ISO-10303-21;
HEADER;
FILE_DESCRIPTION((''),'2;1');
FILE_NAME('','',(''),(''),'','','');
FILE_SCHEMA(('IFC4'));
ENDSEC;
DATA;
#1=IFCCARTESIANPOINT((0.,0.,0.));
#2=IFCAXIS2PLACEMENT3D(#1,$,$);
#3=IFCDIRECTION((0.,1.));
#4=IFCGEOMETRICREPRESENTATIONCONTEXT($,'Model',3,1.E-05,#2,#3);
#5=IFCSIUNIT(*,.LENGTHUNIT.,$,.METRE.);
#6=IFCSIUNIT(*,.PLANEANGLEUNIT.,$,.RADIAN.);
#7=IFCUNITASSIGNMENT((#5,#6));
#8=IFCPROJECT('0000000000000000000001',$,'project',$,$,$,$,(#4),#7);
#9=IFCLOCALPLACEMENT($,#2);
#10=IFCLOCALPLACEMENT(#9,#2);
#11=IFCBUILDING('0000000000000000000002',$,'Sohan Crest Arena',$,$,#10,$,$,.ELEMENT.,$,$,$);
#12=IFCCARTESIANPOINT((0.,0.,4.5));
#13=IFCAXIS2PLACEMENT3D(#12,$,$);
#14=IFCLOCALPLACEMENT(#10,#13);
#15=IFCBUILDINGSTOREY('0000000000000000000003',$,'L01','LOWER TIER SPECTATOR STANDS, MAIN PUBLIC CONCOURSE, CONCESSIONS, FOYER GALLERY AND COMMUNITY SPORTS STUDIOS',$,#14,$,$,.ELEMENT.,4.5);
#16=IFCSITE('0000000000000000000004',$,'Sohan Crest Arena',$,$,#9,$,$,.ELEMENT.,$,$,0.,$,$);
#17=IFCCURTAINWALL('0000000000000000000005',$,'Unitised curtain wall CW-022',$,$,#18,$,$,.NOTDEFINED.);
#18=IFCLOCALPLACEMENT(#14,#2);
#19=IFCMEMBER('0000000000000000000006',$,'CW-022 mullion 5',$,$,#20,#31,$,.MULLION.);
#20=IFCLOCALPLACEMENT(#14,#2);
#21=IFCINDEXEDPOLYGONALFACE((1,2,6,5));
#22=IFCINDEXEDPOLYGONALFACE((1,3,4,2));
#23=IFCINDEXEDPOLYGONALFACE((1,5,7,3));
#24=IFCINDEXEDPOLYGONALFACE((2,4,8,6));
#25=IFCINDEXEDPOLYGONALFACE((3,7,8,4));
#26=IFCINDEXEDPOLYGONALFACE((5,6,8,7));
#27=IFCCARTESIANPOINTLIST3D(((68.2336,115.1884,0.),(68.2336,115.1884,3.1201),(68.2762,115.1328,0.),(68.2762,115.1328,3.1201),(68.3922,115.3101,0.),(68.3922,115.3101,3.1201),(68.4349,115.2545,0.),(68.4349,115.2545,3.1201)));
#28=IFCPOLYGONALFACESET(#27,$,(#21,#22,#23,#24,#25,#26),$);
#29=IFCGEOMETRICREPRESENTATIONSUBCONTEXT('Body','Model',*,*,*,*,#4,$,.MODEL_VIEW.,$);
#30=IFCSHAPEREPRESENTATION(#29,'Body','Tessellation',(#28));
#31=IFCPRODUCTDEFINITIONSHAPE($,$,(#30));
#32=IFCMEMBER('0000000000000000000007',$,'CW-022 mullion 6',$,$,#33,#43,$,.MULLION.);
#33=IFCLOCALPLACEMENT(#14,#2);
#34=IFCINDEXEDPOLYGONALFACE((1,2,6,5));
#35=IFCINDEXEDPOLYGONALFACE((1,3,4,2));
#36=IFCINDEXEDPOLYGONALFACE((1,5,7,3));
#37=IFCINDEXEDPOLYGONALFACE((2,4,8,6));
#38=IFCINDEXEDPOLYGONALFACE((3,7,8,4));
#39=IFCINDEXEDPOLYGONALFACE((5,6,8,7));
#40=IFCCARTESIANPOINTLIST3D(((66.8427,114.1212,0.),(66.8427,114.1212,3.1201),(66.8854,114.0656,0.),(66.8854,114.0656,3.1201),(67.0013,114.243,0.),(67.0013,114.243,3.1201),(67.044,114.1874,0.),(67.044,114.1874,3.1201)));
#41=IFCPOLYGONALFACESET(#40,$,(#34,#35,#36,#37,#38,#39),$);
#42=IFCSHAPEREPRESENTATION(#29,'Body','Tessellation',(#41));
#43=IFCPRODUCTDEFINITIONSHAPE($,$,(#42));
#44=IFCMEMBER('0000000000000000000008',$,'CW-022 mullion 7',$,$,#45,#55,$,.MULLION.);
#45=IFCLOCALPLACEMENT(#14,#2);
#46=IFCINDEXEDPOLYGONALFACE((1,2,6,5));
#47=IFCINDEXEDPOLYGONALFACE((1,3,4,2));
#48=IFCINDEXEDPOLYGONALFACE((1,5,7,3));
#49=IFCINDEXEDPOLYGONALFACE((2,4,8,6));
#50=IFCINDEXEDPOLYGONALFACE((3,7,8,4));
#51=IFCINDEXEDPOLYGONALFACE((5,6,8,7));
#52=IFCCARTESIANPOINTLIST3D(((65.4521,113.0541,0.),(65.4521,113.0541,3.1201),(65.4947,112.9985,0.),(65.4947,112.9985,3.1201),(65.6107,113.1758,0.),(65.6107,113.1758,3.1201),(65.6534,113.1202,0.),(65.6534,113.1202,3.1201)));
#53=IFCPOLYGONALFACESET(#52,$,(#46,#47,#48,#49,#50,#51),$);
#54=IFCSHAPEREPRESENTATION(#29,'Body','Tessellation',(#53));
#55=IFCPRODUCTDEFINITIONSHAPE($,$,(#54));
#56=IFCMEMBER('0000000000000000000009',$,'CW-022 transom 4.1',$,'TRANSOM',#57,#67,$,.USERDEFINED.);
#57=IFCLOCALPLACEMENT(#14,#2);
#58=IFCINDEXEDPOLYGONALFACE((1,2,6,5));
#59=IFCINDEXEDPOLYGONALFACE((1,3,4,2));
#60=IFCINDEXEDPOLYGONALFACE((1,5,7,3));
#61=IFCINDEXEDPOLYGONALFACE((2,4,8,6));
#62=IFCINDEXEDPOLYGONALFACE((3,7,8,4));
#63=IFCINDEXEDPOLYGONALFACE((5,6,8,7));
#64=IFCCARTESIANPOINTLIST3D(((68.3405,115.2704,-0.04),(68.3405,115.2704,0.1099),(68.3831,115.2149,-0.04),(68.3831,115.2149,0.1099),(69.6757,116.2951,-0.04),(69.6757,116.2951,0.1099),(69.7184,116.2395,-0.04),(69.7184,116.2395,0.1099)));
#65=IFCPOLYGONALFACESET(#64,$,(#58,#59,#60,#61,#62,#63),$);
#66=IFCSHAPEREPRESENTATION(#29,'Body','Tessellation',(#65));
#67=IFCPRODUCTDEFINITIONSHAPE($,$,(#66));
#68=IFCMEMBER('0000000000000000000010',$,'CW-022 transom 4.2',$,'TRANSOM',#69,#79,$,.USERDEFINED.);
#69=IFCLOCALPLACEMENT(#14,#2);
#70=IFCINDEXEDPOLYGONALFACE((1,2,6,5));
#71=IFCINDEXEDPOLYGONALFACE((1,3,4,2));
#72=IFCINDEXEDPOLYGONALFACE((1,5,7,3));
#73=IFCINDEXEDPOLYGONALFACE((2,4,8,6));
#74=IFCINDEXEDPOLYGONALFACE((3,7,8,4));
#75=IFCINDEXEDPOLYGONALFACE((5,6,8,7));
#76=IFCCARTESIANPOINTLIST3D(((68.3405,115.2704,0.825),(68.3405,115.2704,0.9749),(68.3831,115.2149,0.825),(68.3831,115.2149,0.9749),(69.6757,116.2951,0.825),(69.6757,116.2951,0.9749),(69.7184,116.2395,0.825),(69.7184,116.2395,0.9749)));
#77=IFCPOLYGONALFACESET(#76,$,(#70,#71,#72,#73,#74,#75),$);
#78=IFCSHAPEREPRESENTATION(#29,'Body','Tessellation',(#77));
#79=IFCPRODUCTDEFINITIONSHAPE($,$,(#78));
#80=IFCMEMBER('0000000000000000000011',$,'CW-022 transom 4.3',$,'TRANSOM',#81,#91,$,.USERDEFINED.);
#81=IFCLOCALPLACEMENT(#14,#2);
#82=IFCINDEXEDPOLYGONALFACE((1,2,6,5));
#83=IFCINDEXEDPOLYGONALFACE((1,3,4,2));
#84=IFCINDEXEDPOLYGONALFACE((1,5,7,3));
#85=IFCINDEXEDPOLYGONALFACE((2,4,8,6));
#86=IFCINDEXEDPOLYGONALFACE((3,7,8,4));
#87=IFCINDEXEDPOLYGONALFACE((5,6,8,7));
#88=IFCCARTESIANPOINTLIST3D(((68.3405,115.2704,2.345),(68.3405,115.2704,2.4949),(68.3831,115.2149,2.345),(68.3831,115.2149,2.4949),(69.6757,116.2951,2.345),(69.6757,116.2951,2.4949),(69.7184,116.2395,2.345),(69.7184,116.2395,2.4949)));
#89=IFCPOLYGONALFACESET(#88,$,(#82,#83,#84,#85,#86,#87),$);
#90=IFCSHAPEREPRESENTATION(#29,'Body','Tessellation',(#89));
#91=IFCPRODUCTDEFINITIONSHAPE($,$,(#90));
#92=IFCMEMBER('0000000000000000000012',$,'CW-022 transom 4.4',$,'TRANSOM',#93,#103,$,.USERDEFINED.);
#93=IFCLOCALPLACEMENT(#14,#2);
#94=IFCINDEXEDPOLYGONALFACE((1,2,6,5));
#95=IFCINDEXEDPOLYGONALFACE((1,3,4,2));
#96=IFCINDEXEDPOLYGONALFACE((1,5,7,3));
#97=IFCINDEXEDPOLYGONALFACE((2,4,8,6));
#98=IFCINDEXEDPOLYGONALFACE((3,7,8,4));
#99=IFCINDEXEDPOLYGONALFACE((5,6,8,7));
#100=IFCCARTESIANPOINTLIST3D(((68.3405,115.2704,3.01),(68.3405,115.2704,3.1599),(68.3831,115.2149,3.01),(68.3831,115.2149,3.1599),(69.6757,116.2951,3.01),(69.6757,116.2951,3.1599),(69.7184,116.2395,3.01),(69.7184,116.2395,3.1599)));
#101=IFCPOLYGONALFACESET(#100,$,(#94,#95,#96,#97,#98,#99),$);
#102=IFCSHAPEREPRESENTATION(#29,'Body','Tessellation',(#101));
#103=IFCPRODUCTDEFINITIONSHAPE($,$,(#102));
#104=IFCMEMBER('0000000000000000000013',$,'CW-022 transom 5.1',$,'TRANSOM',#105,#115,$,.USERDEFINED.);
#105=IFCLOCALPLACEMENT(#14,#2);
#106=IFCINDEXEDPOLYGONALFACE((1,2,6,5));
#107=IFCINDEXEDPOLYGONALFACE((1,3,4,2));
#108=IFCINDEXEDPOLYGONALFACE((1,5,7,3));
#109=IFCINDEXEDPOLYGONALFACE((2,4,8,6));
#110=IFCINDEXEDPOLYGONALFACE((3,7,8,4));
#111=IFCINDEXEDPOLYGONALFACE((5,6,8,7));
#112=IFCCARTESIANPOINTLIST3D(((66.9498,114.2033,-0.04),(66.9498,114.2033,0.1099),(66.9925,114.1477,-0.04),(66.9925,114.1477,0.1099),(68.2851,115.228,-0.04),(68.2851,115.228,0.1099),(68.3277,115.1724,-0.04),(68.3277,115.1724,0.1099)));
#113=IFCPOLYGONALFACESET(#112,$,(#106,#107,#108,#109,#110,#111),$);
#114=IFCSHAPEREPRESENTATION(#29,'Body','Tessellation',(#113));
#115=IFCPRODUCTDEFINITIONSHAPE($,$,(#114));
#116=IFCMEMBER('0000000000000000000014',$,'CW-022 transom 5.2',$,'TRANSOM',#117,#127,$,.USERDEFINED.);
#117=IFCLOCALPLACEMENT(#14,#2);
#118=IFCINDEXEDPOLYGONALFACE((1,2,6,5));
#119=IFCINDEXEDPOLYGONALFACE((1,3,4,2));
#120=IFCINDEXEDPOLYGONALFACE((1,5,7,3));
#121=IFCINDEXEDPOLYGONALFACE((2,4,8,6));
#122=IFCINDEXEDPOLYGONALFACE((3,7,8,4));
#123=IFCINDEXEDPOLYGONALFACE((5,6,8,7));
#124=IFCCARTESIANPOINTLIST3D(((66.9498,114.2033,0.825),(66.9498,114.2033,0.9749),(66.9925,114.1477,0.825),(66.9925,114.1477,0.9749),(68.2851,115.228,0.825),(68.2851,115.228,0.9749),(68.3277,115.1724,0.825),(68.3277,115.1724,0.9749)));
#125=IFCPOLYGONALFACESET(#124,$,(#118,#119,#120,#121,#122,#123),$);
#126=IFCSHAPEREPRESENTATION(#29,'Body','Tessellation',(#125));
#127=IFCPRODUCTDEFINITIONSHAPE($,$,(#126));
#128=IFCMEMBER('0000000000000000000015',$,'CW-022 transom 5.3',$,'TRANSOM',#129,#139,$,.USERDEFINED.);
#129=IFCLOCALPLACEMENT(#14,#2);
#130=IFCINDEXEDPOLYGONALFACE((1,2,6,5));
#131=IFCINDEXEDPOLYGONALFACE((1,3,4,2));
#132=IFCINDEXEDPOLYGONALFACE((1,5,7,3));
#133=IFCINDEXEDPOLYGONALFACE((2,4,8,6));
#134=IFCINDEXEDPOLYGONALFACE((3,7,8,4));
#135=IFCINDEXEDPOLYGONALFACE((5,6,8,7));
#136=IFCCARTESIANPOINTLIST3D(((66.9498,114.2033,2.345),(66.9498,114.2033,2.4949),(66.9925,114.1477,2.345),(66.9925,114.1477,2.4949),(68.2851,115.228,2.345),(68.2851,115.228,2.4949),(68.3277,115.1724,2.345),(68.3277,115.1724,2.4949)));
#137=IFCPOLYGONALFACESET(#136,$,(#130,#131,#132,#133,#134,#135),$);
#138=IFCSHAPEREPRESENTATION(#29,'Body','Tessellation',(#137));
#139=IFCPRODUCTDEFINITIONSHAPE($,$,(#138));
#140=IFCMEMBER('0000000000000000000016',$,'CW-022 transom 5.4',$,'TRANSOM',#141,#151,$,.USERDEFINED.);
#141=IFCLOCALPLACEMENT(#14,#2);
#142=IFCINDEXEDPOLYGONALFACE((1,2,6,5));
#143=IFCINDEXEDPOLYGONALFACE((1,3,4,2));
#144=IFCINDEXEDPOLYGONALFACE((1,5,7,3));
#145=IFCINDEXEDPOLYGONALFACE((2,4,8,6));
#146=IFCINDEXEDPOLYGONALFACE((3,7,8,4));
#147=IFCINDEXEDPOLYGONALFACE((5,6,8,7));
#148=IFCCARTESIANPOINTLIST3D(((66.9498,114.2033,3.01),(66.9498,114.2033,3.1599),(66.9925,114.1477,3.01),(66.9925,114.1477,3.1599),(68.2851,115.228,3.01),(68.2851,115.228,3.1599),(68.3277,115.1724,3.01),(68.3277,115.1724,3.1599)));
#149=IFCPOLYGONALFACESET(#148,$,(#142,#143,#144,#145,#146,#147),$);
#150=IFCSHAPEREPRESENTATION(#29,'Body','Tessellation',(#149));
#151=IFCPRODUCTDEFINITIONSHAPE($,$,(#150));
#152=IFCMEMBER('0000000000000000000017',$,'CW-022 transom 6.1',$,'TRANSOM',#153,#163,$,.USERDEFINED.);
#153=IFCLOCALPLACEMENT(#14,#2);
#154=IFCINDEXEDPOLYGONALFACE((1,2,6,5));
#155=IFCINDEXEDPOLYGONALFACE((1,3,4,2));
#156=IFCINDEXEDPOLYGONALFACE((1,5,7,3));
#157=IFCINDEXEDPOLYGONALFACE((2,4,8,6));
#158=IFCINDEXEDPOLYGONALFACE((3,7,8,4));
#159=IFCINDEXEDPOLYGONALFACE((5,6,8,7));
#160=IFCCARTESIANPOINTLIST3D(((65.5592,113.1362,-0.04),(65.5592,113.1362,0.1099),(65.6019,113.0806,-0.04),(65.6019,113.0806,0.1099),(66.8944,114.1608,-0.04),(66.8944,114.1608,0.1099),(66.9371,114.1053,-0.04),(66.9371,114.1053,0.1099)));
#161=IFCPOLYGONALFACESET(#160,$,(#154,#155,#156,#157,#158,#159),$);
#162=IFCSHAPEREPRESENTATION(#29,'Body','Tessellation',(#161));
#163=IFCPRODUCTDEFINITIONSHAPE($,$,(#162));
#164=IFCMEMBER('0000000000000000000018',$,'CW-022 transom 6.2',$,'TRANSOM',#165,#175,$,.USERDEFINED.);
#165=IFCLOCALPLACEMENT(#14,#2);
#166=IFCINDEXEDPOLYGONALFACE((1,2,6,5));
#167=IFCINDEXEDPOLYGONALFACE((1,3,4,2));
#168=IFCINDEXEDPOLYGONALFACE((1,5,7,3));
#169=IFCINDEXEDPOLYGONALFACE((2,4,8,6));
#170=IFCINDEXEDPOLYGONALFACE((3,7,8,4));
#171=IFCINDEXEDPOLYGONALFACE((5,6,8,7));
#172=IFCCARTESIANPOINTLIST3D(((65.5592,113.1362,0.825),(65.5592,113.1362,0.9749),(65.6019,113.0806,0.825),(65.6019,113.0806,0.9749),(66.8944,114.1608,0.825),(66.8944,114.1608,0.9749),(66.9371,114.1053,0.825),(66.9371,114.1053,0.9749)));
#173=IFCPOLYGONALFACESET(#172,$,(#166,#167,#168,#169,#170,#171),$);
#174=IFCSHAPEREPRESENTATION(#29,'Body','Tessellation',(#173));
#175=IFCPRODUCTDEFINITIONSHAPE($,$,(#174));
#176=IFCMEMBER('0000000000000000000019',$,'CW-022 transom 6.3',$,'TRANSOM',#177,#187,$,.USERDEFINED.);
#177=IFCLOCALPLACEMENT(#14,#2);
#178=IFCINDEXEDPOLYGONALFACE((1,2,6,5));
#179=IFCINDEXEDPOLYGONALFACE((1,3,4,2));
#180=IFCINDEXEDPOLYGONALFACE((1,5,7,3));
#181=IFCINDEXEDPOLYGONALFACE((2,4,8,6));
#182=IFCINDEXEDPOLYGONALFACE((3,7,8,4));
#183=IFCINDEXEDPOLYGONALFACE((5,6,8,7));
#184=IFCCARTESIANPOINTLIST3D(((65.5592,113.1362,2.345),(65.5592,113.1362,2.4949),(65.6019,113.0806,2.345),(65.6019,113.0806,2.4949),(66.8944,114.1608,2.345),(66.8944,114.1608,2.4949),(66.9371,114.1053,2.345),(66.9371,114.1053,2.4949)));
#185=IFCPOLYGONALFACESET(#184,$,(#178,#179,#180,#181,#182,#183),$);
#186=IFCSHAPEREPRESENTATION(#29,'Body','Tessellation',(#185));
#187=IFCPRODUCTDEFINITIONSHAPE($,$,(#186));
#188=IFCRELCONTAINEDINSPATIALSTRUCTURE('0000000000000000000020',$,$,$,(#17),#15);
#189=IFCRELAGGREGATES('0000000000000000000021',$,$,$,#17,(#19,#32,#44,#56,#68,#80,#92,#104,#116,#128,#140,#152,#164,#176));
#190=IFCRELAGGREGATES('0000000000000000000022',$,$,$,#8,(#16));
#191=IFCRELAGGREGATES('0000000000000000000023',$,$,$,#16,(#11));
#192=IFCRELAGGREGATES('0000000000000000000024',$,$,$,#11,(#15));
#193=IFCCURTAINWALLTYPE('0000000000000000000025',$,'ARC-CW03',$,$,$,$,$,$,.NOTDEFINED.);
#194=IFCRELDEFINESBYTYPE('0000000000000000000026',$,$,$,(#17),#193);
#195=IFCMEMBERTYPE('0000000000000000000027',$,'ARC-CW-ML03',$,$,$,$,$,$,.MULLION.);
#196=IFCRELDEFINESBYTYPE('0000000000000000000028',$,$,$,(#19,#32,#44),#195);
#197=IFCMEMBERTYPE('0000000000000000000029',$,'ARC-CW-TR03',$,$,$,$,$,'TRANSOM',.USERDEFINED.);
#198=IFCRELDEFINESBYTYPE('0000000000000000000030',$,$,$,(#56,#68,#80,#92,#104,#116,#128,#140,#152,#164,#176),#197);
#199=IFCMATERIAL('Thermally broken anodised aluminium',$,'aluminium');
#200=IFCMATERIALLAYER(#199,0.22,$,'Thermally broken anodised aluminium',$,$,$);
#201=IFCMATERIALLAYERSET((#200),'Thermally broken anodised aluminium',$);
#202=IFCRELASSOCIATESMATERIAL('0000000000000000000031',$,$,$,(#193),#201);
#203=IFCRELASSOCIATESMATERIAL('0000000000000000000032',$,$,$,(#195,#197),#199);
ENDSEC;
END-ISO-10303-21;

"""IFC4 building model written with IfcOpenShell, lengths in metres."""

from ifc_helpers import new_model, si_unit, direction, frame, origin, origin_2d, place, context, subcontext, project, spatial, rectangle, extrude, material, layer, layer_set, material_profile, profile_set, type_object, element, aggregate, save


model = new_model("IFC4")

# Units and contexts
model_context = context("Model", 3, precision=1e-05, world=origin(), true_north=direction((0.0, 1.0)))
body_context = subcontext(model_context, "Body", "Model", "MODEL_VIEW")
ifc_project = project(units=[si_unit("LENGTHUNIT", "METRE"), si_unit("PLANEANGLEUNIT", "RADIAN")], contexts=[model_context])

# Site, building, storey
site_placement = place(None, origin())
site = spatial("IfcSite", under=ifc_project, at=site_placement, Name="Sohan Crest Arena", CompositionType="ELEMENT", RefElevation=0.0)
building_placement = place(site_placement, origin())
building = spatial("IfcBuilding", under=site, at=building_placement, Name="Sohan Crest Arena", CompositionType="ELEMENT")
storey_placement = place(building_placement, frame((0.0, 0.0, 4.5)))
storey = spatial("IfcBuildingStorey", under=building, at=storey_placement, Name="L01", Description="LOWER TIER SPECTATOR STANDS, MAIN PUBLIC CONCOURSE, CONCESSIONS, FOYER GALLERY AND COMMUNITY SPORTS STUDIOS", CompositionType="ELEMENT", Elevation=4.5)

# Curtain wall, members
ifc_material_1 = material(Name="Thermally broken anodised aluminium", Category="aluminium")
ifc_layer_1 = layer(ifc_material_1, 0.22, Name="Thermally broken anodised aluminium")
ifc_layer_set_1 = layer_set([ifc_layer_1], Name="Thermally broken anodised aluminium")
curtain_wall_type = type_object("IfcCurtainWallType", Name="ARC-CW03", PredefinedType="NOTDEFINED", material=ifc_layer_set_1)
curtain_wall_placement = place(storey_placement, origin())
curtain_wall = element("IfcCurtainWall", 1, at=curtain_wall_placement, inside=storey, type_object=curtain_wall_type, Name="Unitised curtain wall CW-022", PredefinedType="NOTDEFINED")
ifc_material_profile_1 = material_profile(ifc_material_1, rectangle(XDim=0.0701, YDim=0.2, at=origin_2d()), Name="ALU-MULL 70x200")
ifc_profile_set_1 = profile_set([ifc_material_profile_1], Name="Thermally broken anodised aluminium")
member_type_1 = type_object("IfcMemberType", Name="ARC-CW-ML03", PredefinedType="MULLION", material=ifc_profile_set_1)
member_1_placement = place(storey_placement, frame((68.3342, 115.2214, 0.0), z_axis=(0.0, 0.0, 1.0), x_axis=(0.608765, -0.793351, 0.0)))
member_1 = element("IfcMember", 2, at=member_1_placement, type_object=member_type_1, Name="CW-022 mullion 5", PredefinedType="MULLION", context=body_context, shape_type="SweptSolid", body=[
    extrude(rectangle(XDim=0.0701, YDim=0.2, at=origin_2d()), origin(), (0.0, 0.0, 1.0), 3.1201),
])
member_2_placement = place(storey_placement, frame((66.9434, 114.1543, 0.0), z_axis=(0.0, 0.0, 1.0), x_axis=(0.608765, -0.793351, 0.0)))
member_2 = element("IfcMember", 3, at=member_2_placement, type_object=member_type_1, Name="CW-022 mullion 6", PredefinedType="MULLION", context=body_context, shape_type="SweptSolid", body=[
    extrude(rectangle(XDim=0.0701, YDim=0.2, at=origin_2d()), origin(), (0.0, 0.0, 1.0), 3.1201),
])
member_3_placement = place(storey_placement, frame((65.5527, 113.0872, 0.0), z_axis=(0.0, 0.0, 1.0), x_axis=(0.608765, -0.793351, 0.0)))
member_3 = element("IfcMember", 4, at=member_3_placement, type_object=member_type_1, Name="CW-022 mullion 7", PredefinedType="MULLION", context=body_context, shape_type="SweptSolid", body=[
    extrude(rectangle(XDim=0.0701, YDim=0.2, at=origin_2d()), origin(), (0.0, 0.0, 1.0), 3.1201),
])
ifc_material_profile_2 = material_profile(ifc_material_1, rectangle(XDim=0.0701, YDim=0.1499, at=origin_2d()), Name="ALU-TRAN 70x150")
ifc_profile_set_2 = profile_set([ifc_material_profile_2], Name="Thermally broken anodised aluminium")
member_type_2 = type_object("IfcMemberType", Name="ARC-CW-TR03", ElementType="TRANSOM", PredefinedType="USERDEFINED", material=ifc_profile_set_2)
member_4_placement = place(storey_placement, frame((69.697, 116.2673, 0.0349), z_axis=(-0.793319, -0.608806, 0.0), x_axis=(0.608806, -0.793319, 0.0)))
member_4 = element("IfcMember", 5, at=member_4_placement, type_object=member_type_2, Name="CW-022 transom 4.1", ObjectType="TRANSOM", PredefinedType="USERDEFINED", context=body_context, shape_type="SweptSolid", body=[
    extrude(rectangle(XDim=0.0701, YDim=0.1499, at=origin_2d()), origin(), (0.0, 0.0, 1.0), 1.6831),
])
member_5_placement = place(storey_placement, frame((69.697, 116.2673, 0.8999), z_axis=(-0.793319, -0.608806, 0.0), x_axis=(0.608806, -0.793319, 0.0)))
member_5 = element("IfcMember", 6, at=member_5_placement, type_object=member_type_2, Name="CW-022 transom 4.2", ObjectType="TRANSOM", PredefinedType="USERDEFINED", context=body_context, shape_type="SweptSolid", body=[
    extrude(rectangle(XDim=0.0701, YDim=0.1499, at=origin_2d()), origin(), (0.0, 0.0, 1.0), 1.6831),
])
member_6_placement = place(storey_placement, frame((69.697, 116.2673, 2.4199), z_axis=(-0.793319, -0.608806, 0.0), x_axis=(0.608806, -0.793319, 0.0)))
member_6 = element("IfcMember", 7, at=member_6_placement, type_object=member_type_2, Name="CW-022 transom 4.3", ObjectType="TRANSOM", PredefinedType="USERDEFINED", context=body_context, shape_type="SweptSolid", body=[
    extrude(rectangle(XDim=0.0701, YDim=0.1499, at=origin_2d()), origin(), (0.0, 0.0, 1.0), 1.6831),
])
member_7_placement = place(storey_placement, frame((69.697, 116.2673, 3.085), z_axis=(-0.793319, -0.608806, 0.0), x_axis=(0.608806, -0.793319, 0.0)))
member_7 = element("IfcMember", 8, at=member_7_placement, type_object=member_type_2, Name="CW-022 transom 4.4", ObjectType="TRANSOM", PredefinedType="USERDEFINED", context=body_context, shape_type="SweptSolid", body=[
    extrude(rectangle(XDim=0.0701, YDim=0.1499, at=origin_2d()), origin(), (0.0, 0.0, 1.0), 1.6831),
])
member_8_placement = place(storey_placement, frame((68.3064, 115.2002, 0.0349), z_axis=(-0.793319, -0.608806, 0.0), x_axis=(0.608806, -0.793319, 0.0)))
member_8 = element("IfcMember", 9, at=member_8_placement, type_object=member_type_2, Name="CW-022 transom 5.1", ObjectType="TRANSOM", PredefinedType="USERDEFINED", context=body_context, shape_type="SweptSolid", body=[
    extrude(rectangle(XDim=0.0701, YDim=0.1499, at=origin_2d()), origin(), (0.0, 0.0, 1.0), 1.6831),
])
member_9_placement = place(storey_placement, frame((68.3064, 115.2002, 0.8999), z_axis=(-0.793319, -0.608806, 0.0), x_axis=(0.608806, -0.793319, 0.0)))
member_9 = element("IfcMember", 10, at=member_9_placement, type_object=member_type_2, Name="CW-022 transom 5.2", ObjectType="TRANSOM", PredefinedType="USERDEFINED", context=body_context, shape_type="SweptSolid", body=[
    extrude(rectangle(XDim=0.0701, YDim=0.1499, at=origin_2d()), origin(), (0.0, 0.0, 1.0), 1.6831),
])
member_10_placement = place(storey_placement, frame((68.3064, 115.2002, 2.4199), z_axis=(-0.793319, -0.608806, 0.0), x_axis=(0.608806, -0.793319, 0.0)))
member_10 = element("IfcMember", 11, at=member_10_placement, type_object=member_type_2, Name="CW-022 transom 5.3", ObjectType="TRANSOM", PredefinedType="USERDEFINED", context=body_context, shape_type="SweptSolid", body=[
    extrude(rectangle(XDim=0.0701, YDim=0.1499, at=origin_2d()), origin(), (0.0, 0.0, 1.0), 1.6831),
])
member_11_placement = place(storey_placement, frame((68.3064, 115.2002, 3.085), z_axis=(-0.793319, -0.608806, 0.0), x_axis=(0.608806, -0.793319, 0.0)))
member_11 = element("IfcMember", 12, at=member_11_placement, type_object=member_type_2, Name="CW-022 transom 5.4", ObjectType="TRANSOM", PredefinedType="USERDEFINED", context=body_context, shape_type="SweptSolid", body=[
    extrude(rectangle(XDim=0.0701, YDim=0.1499, at=origin_2d()), origin(), (0.0, 0.0, 1.0), 1.6831),
])
member_12_placement = place(storey_placement, frame((66.9158, 114.1331, 0.0349), z_axis=(-0.793319, -0.608806, 0.0), x_axis=(0.608806, -0.793319, 0.0)))
member_12 = element("IfcMember", 13, at=member_12_placement, type_object=member_type_2, Name="CW-022 transom 6.1", ObjectType="TRANSOM", PredefinedType="USERDEFINED", context=body_context, shape_type="SweptSolid", body=[
    extrude(rectangle(XDim=0.0701, YDim=0.1499, at=origin_2d()), origin(), (0.0, 0.0, 1.0), 1.6831),
])
member_13_placement = place(storey_placement, frame((66.9158, 114.1331, 0.8999), z_axis=(-0.793319, -0.608806, 0.0), x_axis=(0.608806, -0.793319, 0.0)))
member_13 = element("IfcMember", 14, at=member_13_placement, type_object=member_type_2, Name="CW-022 transom 6.2", ObjectType="TRANSOM", PredefinedType="USERDEFINED", context=body_context, shape_type="SweptSolid", body=[
    extrude(rectangle(XDim=0.0701, YDim=0.1499, at=origin_2d()), origin(), (0.0, 0.0, 1.0), 1.6831),
])
member_14_placement = place(storey_placement, frame((66.9158, 114.1331, 2.4199), z_axis=(-0.793319, -0.608806, 0.0), x_axis=(0.608806, -0.793319, 0.0)))
member_14 = element("IfcMember", 15, at=member_14_placement, type_object=member_type_2, Name="CW-022 transom 6.3", ObjectType="TRANSOM", PredefinedType="USERDEFINED", context=body_context, shape_type="SweptSolid", body=[
    extrude(rectangle(XDim=0.0701, YDim=0.1499, at=origin_2d()), origin(), (0.0, 0.0, 1.0), 1.6831),
])

aggregate(curtain_wall, [member_1, member_2, member_3, member_4, member_5, member_6, member_7, member_8, member_9, member_10, member_11, member_12, member_13, member_14])

save(model, "model.ifc")
